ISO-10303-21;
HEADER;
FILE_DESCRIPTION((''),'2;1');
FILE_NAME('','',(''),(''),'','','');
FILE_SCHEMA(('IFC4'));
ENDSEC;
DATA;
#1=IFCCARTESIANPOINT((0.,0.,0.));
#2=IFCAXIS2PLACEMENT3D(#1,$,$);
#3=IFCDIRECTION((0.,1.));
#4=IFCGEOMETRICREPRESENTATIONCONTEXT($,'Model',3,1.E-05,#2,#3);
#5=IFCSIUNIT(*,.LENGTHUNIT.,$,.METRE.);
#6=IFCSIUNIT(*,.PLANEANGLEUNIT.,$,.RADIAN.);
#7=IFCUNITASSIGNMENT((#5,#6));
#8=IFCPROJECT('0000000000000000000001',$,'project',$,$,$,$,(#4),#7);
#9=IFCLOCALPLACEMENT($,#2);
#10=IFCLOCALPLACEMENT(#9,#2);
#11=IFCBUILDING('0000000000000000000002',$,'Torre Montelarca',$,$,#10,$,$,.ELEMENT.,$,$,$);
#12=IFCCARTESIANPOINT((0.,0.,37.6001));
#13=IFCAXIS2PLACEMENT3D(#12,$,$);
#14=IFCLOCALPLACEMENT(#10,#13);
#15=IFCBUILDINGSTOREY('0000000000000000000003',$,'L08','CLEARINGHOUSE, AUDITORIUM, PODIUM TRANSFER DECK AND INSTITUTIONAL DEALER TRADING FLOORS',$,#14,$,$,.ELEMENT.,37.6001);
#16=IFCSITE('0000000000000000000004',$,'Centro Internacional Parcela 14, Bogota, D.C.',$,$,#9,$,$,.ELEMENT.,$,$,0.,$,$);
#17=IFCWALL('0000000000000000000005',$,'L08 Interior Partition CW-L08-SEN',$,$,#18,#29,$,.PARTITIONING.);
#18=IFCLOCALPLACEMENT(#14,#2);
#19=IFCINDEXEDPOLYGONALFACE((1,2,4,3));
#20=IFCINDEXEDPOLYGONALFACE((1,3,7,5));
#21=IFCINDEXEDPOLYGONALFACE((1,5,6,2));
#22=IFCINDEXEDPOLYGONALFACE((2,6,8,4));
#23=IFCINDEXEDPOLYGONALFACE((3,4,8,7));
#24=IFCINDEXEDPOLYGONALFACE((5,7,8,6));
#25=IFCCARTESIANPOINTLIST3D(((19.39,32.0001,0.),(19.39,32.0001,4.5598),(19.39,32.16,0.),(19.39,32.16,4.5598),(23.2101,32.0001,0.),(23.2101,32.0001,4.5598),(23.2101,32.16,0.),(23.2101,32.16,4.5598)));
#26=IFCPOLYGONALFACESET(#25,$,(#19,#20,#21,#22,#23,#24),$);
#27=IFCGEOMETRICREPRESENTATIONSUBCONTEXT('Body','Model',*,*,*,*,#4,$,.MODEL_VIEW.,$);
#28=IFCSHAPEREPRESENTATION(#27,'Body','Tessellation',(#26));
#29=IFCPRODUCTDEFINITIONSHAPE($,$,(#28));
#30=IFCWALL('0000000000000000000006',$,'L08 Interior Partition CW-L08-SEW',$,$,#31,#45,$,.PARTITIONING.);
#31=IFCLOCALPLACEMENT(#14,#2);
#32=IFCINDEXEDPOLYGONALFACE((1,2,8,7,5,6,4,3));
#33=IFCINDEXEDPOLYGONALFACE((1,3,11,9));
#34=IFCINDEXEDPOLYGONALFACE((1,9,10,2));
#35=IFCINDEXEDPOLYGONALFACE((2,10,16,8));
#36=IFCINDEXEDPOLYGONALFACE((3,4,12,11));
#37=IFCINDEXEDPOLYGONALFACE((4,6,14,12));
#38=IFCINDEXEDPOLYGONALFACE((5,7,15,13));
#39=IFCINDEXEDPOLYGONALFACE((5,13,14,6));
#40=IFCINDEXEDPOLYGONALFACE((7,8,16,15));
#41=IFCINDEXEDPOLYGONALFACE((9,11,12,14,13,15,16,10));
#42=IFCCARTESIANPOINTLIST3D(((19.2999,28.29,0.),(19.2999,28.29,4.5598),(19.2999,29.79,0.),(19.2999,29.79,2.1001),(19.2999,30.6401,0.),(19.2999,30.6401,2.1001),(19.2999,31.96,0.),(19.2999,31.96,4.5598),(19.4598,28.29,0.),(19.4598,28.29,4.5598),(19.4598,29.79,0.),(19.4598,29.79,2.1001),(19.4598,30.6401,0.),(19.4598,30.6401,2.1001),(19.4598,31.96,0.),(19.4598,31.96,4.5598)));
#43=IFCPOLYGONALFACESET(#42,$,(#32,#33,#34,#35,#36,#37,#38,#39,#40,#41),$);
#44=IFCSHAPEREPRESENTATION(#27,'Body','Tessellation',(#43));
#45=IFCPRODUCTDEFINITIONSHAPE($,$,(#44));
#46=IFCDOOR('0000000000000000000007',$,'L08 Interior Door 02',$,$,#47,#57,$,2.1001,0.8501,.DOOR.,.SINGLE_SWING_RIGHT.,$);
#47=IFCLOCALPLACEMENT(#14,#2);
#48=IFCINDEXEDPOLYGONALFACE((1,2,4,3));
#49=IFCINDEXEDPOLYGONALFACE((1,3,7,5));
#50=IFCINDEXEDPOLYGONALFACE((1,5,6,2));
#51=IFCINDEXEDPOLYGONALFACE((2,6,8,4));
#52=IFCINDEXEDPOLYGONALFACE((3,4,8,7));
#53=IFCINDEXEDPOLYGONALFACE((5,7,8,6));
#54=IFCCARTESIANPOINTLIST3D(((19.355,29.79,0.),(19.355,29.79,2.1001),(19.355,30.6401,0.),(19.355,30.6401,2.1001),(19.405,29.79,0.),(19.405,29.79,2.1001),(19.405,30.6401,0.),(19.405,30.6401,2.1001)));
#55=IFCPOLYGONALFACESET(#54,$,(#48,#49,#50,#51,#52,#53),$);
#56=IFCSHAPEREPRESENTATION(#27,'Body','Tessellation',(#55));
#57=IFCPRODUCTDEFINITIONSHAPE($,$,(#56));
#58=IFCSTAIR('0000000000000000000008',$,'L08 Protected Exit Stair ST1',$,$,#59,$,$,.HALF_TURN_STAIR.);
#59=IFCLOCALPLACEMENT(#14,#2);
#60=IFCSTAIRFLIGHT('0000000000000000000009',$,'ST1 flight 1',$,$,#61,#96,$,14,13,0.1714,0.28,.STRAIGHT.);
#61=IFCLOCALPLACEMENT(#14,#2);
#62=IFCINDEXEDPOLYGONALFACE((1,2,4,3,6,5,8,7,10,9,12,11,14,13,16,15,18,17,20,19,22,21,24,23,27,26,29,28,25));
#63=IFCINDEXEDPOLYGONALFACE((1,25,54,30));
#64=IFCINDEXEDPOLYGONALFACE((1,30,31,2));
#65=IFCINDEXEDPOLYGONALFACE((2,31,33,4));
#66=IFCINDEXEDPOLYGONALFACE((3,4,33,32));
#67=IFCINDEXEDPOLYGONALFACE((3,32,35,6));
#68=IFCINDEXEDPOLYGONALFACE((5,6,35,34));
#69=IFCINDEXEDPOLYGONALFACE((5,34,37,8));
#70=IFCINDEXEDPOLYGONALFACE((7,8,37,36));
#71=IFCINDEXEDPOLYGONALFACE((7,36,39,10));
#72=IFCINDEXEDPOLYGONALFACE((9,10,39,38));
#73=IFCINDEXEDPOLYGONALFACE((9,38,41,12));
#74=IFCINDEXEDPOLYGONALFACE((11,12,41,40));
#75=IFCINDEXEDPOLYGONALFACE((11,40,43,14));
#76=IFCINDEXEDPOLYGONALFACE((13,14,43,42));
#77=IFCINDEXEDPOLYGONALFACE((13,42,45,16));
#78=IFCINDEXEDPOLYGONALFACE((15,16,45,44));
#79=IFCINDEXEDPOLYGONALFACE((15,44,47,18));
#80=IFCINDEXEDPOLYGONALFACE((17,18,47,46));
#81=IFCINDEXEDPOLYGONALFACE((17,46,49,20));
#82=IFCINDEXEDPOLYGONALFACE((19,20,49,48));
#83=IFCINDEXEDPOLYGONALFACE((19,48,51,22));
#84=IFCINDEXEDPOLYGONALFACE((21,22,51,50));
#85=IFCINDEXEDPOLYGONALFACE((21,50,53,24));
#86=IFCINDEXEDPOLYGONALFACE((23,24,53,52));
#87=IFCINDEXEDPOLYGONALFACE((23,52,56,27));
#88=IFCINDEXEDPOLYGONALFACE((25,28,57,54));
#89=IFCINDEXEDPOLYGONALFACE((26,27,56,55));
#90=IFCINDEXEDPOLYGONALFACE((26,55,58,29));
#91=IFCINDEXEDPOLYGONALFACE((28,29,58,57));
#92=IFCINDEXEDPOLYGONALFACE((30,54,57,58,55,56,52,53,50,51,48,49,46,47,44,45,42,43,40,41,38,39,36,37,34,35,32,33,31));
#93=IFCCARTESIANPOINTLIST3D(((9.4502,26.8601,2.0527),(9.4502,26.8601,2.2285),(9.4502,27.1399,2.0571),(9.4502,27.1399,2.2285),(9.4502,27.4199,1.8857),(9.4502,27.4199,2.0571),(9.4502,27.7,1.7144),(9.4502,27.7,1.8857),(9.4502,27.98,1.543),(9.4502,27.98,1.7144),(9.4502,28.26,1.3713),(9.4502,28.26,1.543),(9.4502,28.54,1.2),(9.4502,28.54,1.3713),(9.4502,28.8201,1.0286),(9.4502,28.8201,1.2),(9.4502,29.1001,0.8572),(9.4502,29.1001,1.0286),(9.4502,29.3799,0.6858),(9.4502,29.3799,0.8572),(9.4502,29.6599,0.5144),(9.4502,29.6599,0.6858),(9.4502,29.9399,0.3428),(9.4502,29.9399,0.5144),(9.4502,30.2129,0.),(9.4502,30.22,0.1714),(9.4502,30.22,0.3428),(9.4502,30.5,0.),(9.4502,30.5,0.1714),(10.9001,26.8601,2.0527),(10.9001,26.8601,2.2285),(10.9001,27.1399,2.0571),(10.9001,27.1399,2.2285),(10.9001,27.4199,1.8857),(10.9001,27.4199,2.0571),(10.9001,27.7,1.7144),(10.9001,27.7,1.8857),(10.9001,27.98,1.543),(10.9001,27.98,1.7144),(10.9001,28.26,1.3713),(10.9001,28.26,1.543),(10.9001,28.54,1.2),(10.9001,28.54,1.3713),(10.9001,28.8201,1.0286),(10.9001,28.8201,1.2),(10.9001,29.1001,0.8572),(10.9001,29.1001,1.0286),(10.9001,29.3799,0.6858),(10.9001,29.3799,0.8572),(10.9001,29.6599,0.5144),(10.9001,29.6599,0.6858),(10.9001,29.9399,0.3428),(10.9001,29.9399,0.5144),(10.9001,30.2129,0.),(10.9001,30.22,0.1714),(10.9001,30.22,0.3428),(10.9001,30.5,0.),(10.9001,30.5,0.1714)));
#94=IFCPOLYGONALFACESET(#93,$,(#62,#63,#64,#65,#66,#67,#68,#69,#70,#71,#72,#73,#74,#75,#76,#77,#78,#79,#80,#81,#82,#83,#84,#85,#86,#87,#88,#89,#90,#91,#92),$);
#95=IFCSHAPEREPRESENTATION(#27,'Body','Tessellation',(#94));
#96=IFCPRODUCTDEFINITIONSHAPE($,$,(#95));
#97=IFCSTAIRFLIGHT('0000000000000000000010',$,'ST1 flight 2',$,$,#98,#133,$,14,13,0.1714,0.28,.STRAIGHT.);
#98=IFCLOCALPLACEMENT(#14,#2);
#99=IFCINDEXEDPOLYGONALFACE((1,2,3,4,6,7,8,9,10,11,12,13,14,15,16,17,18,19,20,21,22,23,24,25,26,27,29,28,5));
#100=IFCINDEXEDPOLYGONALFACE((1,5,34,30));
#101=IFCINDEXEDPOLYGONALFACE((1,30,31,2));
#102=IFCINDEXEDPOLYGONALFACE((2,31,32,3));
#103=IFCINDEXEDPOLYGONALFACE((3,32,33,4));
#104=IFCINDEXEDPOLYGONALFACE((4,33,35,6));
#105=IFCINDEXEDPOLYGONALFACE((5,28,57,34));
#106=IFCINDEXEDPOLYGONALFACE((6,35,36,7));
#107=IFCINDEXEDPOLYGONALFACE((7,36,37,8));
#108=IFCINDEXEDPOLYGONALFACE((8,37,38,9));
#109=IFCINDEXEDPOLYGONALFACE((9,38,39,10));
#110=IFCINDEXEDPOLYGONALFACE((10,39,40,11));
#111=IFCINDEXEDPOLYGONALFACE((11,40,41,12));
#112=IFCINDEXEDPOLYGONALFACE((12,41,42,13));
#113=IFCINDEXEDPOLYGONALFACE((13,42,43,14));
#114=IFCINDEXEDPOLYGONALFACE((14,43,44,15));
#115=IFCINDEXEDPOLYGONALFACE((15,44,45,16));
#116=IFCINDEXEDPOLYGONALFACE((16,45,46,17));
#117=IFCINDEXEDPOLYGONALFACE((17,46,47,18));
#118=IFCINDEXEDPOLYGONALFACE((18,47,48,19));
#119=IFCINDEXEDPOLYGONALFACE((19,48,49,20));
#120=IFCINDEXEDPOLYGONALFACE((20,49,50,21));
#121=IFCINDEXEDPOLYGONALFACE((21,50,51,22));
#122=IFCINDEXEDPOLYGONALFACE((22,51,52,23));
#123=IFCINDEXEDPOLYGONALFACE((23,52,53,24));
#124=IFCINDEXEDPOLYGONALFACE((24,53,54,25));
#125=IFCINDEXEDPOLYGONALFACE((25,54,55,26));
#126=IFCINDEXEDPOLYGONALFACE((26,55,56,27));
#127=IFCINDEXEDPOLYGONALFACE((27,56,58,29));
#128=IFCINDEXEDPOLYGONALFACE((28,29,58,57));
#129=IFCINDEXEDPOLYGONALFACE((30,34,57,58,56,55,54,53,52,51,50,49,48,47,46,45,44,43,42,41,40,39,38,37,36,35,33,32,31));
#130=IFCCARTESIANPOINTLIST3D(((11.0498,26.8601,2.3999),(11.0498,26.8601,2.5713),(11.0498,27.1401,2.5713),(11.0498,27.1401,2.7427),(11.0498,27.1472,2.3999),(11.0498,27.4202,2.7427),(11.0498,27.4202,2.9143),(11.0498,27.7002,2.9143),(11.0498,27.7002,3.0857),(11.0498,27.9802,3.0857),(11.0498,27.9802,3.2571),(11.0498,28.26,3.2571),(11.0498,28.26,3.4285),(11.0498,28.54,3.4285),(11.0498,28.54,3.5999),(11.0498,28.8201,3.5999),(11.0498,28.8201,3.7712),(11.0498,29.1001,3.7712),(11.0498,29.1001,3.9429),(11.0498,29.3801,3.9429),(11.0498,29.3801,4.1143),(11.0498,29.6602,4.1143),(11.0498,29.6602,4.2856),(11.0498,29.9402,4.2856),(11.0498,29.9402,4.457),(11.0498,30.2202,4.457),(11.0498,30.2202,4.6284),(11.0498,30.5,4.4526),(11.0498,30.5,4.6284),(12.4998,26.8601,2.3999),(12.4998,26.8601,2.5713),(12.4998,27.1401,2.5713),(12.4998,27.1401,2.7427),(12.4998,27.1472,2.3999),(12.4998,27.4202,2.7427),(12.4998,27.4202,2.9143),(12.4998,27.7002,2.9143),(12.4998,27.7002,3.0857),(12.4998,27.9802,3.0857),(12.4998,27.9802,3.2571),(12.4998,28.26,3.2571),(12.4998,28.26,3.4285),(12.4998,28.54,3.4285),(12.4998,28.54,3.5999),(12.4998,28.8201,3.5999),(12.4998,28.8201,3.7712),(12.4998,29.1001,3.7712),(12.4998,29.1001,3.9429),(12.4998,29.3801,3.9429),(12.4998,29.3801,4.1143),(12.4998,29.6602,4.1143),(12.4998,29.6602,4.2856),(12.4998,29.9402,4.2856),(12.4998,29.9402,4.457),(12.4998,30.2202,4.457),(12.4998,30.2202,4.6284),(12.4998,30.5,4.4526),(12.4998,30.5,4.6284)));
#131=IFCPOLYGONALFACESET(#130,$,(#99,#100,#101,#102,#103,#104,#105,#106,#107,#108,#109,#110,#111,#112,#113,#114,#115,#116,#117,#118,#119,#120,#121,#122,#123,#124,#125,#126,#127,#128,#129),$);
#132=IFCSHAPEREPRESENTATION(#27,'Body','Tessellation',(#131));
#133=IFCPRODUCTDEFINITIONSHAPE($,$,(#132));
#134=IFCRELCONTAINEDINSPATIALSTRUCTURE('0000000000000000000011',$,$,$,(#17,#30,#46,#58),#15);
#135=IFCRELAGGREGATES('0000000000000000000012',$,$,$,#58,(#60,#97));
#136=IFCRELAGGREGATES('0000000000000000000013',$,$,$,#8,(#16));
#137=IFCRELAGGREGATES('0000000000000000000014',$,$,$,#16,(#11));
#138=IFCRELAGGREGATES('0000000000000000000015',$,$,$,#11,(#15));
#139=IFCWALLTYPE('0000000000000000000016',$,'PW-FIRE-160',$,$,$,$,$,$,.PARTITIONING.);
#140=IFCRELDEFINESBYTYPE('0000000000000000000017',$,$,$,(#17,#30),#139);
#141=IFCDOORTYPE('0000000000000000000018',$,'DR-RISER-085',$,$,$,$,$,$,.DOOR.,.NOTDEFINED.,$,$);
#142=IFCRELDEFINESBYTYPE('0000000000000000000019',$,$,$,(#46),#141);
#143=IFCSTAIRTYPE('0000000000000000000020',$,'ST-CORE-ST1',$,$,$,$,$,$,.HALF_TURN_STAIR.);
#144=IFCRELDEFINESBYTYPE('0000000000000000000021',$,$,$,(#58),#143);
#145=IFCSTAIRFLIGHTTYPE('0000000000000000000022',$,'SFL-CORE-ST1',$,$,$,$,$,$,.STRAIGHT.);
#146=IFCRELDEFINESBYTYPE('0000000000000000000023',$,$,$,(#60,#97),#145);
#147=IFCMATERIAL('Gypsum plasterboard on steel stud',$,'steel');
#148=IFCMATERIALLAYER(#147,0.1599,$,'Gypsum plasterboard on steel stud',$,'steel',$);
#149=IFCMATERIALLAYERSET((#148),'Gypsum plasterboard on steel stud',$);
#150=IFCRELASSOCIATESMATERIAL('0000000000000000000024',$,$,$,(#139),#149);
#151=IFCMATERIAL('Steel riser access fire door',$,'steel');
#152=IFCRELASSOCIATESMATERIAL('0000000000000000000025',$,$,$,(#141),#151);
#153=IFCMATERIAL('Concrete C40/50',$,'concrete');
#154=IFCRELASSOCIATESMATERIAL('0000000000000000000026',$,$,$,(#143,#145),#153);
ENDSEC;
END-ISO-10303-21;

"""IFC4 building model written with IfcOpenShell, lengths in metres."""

from ifc_helpers import new_model, si_unit, direction, frame, frame_2d, origin, place, context, subcontext, project, spatial, polyline, rectangle, outline, extrude, source, transform, mapped, material, layer, layer_set, type_object, element, fill, aggregate, save


model = new_model("IFC4")

# Units and contexts
model_context = context("Model", 3, precision=1e-05, world=origin(), true_north=direction((0.0, 1.0)))
body_context = subcontext(model_context, "Body", "Model", "MODEL_VIEW")
ifc_project = project(units=[si_unit("LENGTHUNIT", "METRE"), si_unit("PLANEANGLEUNIT", "RADIAN")], contexts=[model_context])

# Site, building, storey
site_placement = place(None, origin())
site = spatial("IfcSite", under=ifc_project, at=site_placement, Name="Centro Internacional Parcela 14, Bogota, D.C.", CompositionType="ELEMENT", RefElevation=0.0)
building_placement = place(site_placement, origin())
building = spatial("IfcBuilding", under=site, at=building_placement, Name="Torre Montelarca", CompositionType="ELEMENT")
storey_placement = place(building_placement, frame((0.0, 0.0, 37.6001)))
storey = spatial("IfcBuildingStorey", under=building, at=storey_placement, Name="L08", Description="CLEARINGHOUSE, AUDITORIUM, PODIUM TRANSFER DECK AND INSTITUTIONAL DEALER TRADING FLOORS", CompositionType="ELEMENT", Elevation=37.6001)

# Shared definitions
ifc_material_1 = material(Name="Concrete C40/50", Category="concrete")

# Wall
ifc_material_2 = material(Name="Gypsum plasterboard on steel stud", Category="steel")
ifc_layer_1 = layer(ifc_material_2, 0.1599, Name="Gypsum plasterboard on steel stud", Category="steel")
ifc_layer_set_1 = layer_set([ifc_layer_1], Name="Gypsum plasterboard on steel stud")
wall_type_1 = type_object("IfcWallType", Name="PW-FIRE-160", PredefinedType="PARTITIONING", material=ifc_layer_set_1)
wall_1_placement = place(storey_placement, frame((19.3899, 32.0801, 0.0), z_axis=(0.0, 0.0, 1.0), x_axis=(1.0, 0.0, 0.0)))
element("IfcWall", 1, at=wall_1_placement, inside=storey, type_object=wall_type_1, Name="L08 Interior Partition CW-L08-SEN", PredefinedType="PARTITIONING", context=body_context, shape_type="SweptSolid", body=[
    extrude(rectangle(XDim=3.8201, YDim=0.1599, at=frame_2d((1.9102, 0.0))), origin(), (0.0, 0.0, 1.0), 4.5598),
])

# Wall, opening, door
wall_2_placement = place(storey_placement, frame((19.3799, 28.29, 0.0), z_axis=(0.0, 0.0, 1.0), x_axis=(0.0, 1.0, 0.0)))
wall_2 = element("IfcWall", 2, at=wall_2_placement, inside=storey, type_object=wall_type_1, Name="L08 Interior Partition CW-L08-SEW", PredefinedType="PARTITIONING", context=body_context, shape_type="SweptSolid", body=[
    extrude(rectangle(XDim=3.6699, YDim=0.1599, at=frame_2d((1.835, 0.0))), origin(), (0.0, 0.0, 1.0), 4.5598),
])
opening_1_placement = place(wall_2_placement, frame((1.5, 0.0, 0.0)))
opening_1 = element("IfcOpeningElement", 3, at=opening_1_placement, cuts=wall_2, PredefinedType="OPENING", context=body_context, shape_type="SweptSolid", body=[
    extrude(rectangle(XDim=0.8501, YDim=2.1001, at=frame_2d((0.425, 1.05))), frame((0.0, 0.0898, 0.0), z_axis=(0.0, -1.0, 0.0), x_axis=(1.0, 0.0, 0.0)), (0.0, 0.0, 1.0), 0.1799),
])
ifc_material_3 = material(Name="Steel riser access fire door", Category="steel")
door_type_1 = type_object("IfcDoorType", Name="DR-RISER-085", OperationType="NOTDEFINED", PredefinedType="DOOR", material=ifc_material_3)
shared_shape_1 = source(origin(), body_context, "Body", "SweptSolid", [
    extrude(rectangle(XDim=0.8501, YDim=2.1001, at=frame_2d((0.425, 1.05))), frame((0.0, 0.0249, 0.0), z_axis=(0.0, -1.0, 0.0), x_axis=(1.0, 0.0, 0.0)), (0.0, 0.0, 1.0), 0.05),
])
door_1_placement = place(opening_1_placement, origin())
door_1 = element("IfcDoor", 4, at=door_1_placement, inside=storey, type_object=door_type_1, Name="L08 Interior Door 02", OperationType="SINGLE_SWING_RIGHT", OverallHeight=2.1001, OverallWidth=0.8501, PredefinedType="DOOR", context=body_context, shape_type="MappedRepresentation", body=[
    mapped(shared_shape_1, transform((0.0, 0.0, 0.0), scale=1.0)),
])
fill(opening_1, door_1)

# Stair, stair flights
stair_type = type_object("IfcStairType", Name="ST-CORE-ST1", PredefinedType="HALF_TURN_STAIR", material=ifc_material_1)
stair_placement = place(storey_placement, origin())
stair = element("IfcStair", 5, at=stair_placement, inside=storey, type_object=stair_type, Name="L08 Protected Exit Stair ST1", PredefinedType="HALF_TURN_STAIR")
stair_flight_type = type_object("IfcStairFlightType", Name="SFL-CORE-ST1", PredefinedType="STRAIGHT", material=ifc_material_1)
stair_flight_1_placement = place(storey_placement, frame((10.175, 30.5, 0.0), z_axis=(0.0, 0.0, 1.0), x_axis=(0.0, -1.0, 0.0)))
stair_flight_1 = element("IfcStairFlight", 6, at=stair_flight_1_placement, type_object=stair_flight_type, Name="ST1 flight 1", NumberOfRisers=14, NumberOfTreads=13, PredefinedType="STRAIGHT", RiserHeight=0.1714, TreadLength=0.28, context=body_context, shape_type="SweptSolid", body=[
    extrude(outline(polyline([(0.0, 0.0), (0.0, 0.1714), (0.28, 0.1714), (0.28, 0.3428), (0.5601, 0.3428), (0.5601, 0.5144), (0.8401, 0.5144), (0.8401, 0.6858), (1.1201, 0.6858), (1.1201, 0.8572), (1.3999, 0.8572), (1.3999, 1.0286), (1.6799, 1.0286), (1.6799, 1.2), (1.96, 1.2), (1.96, 1.3713), (2.24, 1.3713), (2.24, 1.543), (2.52, 1.543), (2.52, 1.7144), (2.8, 1.7144), (2.8, 1.8857), (3.0801, 1.8857), (3.0801, 2.0571), (3.3601, 2.0571), (3.3601, 2.2285), (3.6399, 2.2285), (3.6399, 2.3999), (3.6399, 2.0527), (0.2871, 0.0), (0.0, 0.0)])), frame((0.0, 0.7251, 0.0), z_axis=(0.0, -1.0, 0.0), x_axis=(1.0, 0.0, 0.0)), (0.0, 0.0, 1.0), 1.45),
])
stair_flight_2_placement = place(storey_placement, frame((11.7749, 26.8601, 2.3999), z_axis=(0.0, 0.0, 1.0), x_axis=(0.0, 1.0, 0.0)))
stair_flight_2 = element("IfcStairFlight", 7, at=stair_flight_2_placement, type_object=stair_flight_type, Name="ST1 flight 2", NumberOfRisers=14, NumberOfTreads=13, PredefinedType="STRAIGHT", RiserHeight=0.1714, TreadLength=0.28, context=body_context, shape_type="SweptSolid", body=[
    extrude(outline(polyline([(0.0, 0.0), (0.0, 0.1714), (0.28, 0.1714), (0.28, 0.3428), (0.5601, 0.3428), (0.5601, 0.5144), (0.8401, 0.5144), (0.8401, 0.6858), (1.1201, 0.6858), (1.1201, 0.8572), (1.3999, 0.8572), (1.3999, 1.0286), (1.6799, 1.0286), (1.6799, 1.2), (1.96, 1.2), (1.96, 1.3713), (2.24, 1.3713), (2.24, 1.543), (2.52, 1.543), (2.52, 1.7144), (2.8, 1.7144), (2.8, 1.8857), (3.0801, 1.8857), (3.0801, 2.0571), (3.3601, 2.0571), (3.3601, 2.2285), (3.6399, 2.2285), (3.6399, 2.3999), (3.6399, 2.0527), (0.2871, 0.0), (0.0, 0.0)])), frame((0.0, 0.7251, 0.0), z_axis=(0.0, -1.0, 0.0), x_axis=(1.0, 0.0, 0.0)), (0.0, 0.0, 1.0), 1.45),
])
aggregate(stair, [stair_flight_1, stair_flight_2])

save(model, "model.ifc")
